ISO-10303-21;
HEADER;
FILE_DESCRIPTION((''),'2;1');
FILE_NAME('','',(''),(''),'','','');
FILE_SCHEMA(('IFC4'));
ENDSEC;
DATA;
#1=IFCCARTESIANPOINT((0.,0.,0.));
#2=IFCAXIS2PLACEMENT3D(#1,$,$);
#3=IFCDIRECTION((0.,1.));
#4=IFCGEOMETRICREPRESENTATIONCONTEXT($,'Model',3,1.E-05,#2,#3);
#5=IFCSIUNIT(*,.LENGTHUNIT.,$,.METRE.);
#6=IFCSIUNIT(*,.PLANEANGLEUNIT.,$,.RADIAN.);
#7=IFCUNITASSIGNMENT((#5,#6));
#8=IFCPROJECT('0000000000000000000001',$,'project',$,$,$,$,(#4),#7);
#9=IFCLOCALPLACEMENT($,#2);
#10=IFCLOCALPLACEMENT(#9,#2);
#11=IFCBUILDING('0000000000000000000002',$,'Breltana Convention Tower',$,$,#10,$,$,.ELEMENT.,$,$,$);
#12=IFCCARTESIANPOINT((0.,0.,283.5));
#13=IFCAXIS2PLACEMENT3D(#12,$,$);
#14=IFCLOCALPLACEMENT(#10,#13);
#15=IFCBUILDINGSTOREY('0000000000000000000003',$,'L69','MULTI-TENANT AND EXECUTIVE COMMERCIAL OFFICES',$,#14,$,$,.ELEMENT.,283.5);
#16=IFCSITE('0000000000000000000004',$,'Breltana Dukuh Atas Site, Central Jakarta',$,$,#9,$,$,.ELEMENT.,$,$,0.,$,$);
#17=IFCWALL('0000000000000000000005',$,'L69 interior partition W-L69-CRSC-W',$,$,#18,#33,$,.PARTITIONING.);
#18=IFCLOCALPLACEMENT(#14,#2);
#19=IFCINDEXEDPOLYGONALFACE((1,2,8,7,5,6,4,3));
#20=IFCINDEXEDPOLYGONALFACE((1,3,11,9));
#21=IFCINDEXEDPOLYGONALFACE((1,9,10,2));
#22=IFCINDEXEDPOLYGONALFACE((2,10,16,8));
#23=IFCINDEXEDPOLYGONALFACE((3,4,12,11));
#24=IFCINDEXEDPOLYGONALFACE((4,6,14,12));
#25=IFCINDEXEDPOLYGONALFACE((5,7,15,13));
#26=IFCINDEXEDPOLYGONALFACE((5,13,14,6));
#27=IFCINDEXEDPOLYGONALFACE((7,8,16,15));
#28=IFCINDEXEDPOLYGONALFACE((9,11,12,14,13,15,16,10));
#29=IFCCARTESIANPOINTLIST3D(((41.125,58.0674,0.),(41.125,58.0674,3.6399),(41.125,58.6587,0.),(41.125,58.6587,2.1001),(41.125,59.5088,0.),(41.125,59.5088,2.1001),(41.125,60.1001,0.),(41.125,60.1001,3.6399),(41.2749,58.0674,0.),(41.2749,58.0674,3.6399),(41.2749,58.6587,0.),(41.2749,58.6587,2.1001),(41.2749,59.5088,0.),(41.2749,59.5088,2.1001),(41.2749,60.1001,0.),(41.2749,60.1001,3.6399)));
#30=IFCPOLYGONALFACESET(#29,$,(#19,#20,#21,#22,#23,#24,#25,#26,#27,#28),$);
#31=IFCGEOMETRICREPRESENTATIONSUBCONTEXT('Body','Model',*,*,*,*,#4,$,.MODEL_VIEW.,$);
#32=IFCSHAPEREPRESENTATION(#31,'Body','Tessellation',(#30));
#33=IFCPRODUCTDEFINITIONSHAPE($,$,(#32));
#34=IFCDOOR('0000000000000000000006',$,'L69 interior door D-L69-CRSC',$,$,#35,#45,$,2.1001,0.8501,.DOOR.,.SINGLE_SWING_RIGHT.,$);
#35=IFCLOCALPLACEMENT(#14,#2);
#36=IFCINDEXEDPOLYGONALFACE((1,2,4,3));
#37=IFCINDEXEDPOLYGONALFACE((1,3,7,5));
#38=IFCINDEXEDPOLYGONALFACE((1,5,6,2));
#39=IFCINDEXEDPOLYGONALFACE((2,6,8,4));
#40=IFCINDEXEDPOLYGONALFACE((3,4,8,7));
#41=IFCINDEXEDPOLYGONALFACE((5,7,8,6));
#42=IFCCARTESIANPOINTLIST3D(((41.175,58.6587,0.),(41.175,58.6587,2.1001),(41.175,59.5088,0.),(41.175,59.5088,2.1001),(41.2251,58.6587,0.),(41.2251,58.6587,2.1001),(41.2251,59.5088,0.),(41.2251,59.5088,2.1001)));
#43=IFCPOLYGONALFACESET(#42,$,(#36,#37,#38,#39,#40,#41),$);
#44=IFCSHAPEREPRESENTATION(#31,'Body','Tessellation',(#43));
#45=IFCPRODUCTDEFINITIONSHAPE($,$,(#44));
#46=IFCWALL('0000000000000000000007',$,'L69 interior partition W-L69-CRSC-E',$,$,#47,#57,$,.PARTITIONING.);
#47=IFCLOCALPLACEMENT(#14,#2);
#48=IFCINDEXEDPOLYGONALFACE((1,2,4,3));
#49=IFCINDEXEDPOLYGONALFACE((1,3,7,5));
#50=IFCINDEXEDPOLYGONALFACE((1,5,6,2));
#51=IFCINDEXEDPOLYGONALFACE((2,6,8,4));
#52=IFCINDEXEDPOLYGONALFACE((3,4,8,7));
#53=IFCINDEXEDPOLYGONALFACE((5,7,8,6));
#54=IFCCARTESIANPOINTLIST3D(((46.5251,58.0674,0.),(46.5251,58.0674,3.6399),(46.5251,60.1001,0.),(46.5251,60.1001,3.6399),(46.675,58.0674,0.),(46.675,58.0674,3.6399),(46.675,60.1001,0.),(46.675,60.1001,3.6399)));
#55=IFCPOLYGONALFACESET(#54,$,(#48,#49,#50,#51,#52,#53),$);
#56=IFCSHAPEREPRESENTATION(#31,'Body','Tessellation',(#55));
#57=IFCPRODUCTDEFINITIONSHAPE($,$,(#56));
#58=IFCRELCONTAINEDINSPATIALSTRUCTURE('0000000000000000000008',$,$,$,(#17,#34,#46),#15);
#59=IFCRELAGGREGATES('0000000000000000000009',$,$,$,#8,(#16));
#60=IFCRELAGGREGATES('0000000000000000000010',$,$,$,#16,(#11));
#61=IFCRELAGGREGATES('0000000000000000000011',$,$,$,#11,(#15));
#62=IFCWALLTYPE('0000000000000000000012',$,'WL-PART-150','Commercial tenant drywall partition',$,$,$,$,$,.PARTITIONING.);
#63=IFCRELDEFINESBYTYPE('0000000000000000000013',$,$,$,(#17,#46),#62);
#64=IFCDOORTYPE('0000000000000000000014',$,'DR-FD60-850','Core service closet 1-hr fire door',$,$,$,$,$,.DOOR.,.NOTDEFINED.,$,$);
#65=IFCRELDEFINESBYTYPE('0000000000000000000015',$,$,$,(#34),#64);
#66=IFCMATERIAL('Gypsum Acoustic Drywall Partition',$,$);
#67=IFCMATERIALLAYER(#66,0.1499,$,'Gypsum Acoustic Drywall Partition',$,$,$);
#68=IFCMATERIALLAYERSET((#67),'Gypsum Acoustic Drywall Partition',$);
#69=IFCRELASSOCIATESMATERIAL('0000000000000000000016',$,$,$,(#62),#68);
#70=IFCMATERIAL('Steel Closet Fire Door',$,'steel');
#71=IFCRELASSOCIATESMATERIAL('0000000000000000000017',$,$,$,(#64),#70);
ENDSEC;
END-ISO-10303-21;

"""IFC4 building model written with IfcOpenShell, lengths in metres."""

from ifc_helpers import new_model, si_unit, direction, frame, frame_2d, origin, place, context, subcontext, project, spatial, rectangle, extrude, source, transform, mapped, material, layer, layer_set, type_object, type_shapes, element, fill, save


model = new_model("IFC4")

# Units and contexts
model_context = context("Model", 3, precision=1e-05, world=origin(), true_north=direction((0.0, 1.0)))
body_context = subcontext(model_context, "Body", "Model", "MODEL_VIEW")
ifc_project = project(units=[si_unit("LENGTHUNIT", "METRE"), si_unit("PLANEANGLEUNIT", "RADIAN")], contexts=[model_context])

# Site, building, storey
site_placement = place(None, origin())
site = spatial("IfcSite", under=ifc_project, at=site_placement, Name="Breltana Dukuh Atas Site, Central Jakarta", CompositionType="ELEMENT", RefElevation=0.0)
building_placement = place(site_placement, origin())
building = spatial("IfcBuilding", under=site, at=building_placement, Name="Breltana Convention Tower", CompositionType="ELEMENT")
storey_placement = place(building_placement, frame((0.0, 0.0, 283.5)))
storey = spatial("IfcBuildingStorey", under=building, at=storey_placement, Name="L69", Description="MULTI-TENANT AND EXECUTIVE COMMERCIAL OFFICES", CompositionType="ELEMENT", Elevation=283.5)

# Wall, opening, door
ifc_material_1 = material(Name="Gypsum Acoustic Drywall Partition")
ifc_layer_1 = layer(ifc_material_1, 0.1499, Name="Gypsum Acoustic Drywall Partition")
ifc_layer_set_1 = layer_set([ifc_layer_1], Name="Gypsum Acoustic Drywall Partition")
wall_type_1 = type_object("IfcWallType", Name="WL-PART-150", Description="Commercial tenant drywall partition", PredefinedType="PARTITIONING", material=ifc_layer_set_1)
shared_shape_1 = source(origin(), body_context, "Body", "SweptSolid", [
    extrude(rectangle(XDim=2.0327, YDim=0.1499, at=frame_2d((1.0164, 0.0))), origin(), (0.0, 0.0, 1.0), 3.6399),
])
wall_1_placement = place(storey_placement, frame((41.2, 58.0674, 0.0), z_axis=(0.0, 0.0, 1.0), x_axis=(0.0, 1.0, 0.0)))
wall_1 = element("IfcWall", 1, at=wall_1_placement, inside=storey, type_object=wall_type_1, Name="L69 interior partition W-L69-CRSC-W", PredefinedType="PARTITIONING", context=body_context, shape_type="MappedRepresentation", body=[
    mapped(shared_shape_1, transform((0.0, 0.0, 0.0), scale=1.0)),
])
opening_1_placement = place(wall_1_placement, frame((0.5913, 0.0, 0.0)))
opening_1 = element("IfcOpeningElement", 2, at=opening_1_placement, cuts=wall_1, PredefinedType="OPENING", context=body_context, shape_type="SweptSolid", body=[
    extrude(rectangle(XDim=0.8501, YDim=2.1001, at=frame_2d((0.425, 1.05))), frame((0.0, 0.085, 0.0), z_axis=(0.0, -1.0, 0.0), x_axis=(1.0, 0.0, 0.0)), (0.0, 0.0, 1.0), 0.1699),
])
ifc_material_2 = material(Name="Steel Closet Fire Door", Category="steel")
door_type_1 = type_object("IfcDoorType", Name="DR-FD60-850", Description="Core service closet 1-hr fire door", OperationType="NOTDEFINED", PredefinedType="DOOR", material=ifc_material_2)
shared_shape_2 = source(origin(), body_context, "Body", "SweptSolid", [
    extrude(rectangle(XDim=0.8501, YDim=2.1001, at=frame_2d((0.425, 1.05))), frame((0.0, 0.0249, 0.0), z_axis=(0.0, -1.0, 0.0), x_axis=(1.0, 0.0, 0.0)), (0.0, 0.0, 1.0), 0.05),
])
type_shapes(door_type_1, [shared_shape_2])
door_1_placement = place(opening_1_placement, origin())
door_1 = element("IfcDoor", 3, at=door_1_placement, inside=storey, type_object=door_type_1, Name="L69 interior door D-L69-CRSC", OperationType="SINGLE_SWING_RIGHT", OverallHeight=2.1001, OverallWidth=0.8501, PredefinedType="DOOR", context=body_context, shape_type="MappedRepresentation", body=[
    mapped(shared_shape_2, transform((0.0, 0.0, 0.0), scale=1.0)),
])
fill(opening_1, door_1)

# Wall
wall_2_placement = place(storey_placement, frame((46.6001, 58.0674, 0.0), z_axis=(0.0, 0.0, 1.0), x_axis=(0.0, 1.0, 0.0)))
element("IfcWall", 4, at=wall_2_placement, inside=storey, type_object=wall_type_1, Name="L69 interior partition W-L69-CRSC-E", PredefinedType="PARTITIONING", context=body_context, shape_type="MappedRepresentation", body=[
    mapped(shared_shape_1, transform((0.0, 0.0, 0.0), scale=1.0)),
])

save(model, "model.ifc")
